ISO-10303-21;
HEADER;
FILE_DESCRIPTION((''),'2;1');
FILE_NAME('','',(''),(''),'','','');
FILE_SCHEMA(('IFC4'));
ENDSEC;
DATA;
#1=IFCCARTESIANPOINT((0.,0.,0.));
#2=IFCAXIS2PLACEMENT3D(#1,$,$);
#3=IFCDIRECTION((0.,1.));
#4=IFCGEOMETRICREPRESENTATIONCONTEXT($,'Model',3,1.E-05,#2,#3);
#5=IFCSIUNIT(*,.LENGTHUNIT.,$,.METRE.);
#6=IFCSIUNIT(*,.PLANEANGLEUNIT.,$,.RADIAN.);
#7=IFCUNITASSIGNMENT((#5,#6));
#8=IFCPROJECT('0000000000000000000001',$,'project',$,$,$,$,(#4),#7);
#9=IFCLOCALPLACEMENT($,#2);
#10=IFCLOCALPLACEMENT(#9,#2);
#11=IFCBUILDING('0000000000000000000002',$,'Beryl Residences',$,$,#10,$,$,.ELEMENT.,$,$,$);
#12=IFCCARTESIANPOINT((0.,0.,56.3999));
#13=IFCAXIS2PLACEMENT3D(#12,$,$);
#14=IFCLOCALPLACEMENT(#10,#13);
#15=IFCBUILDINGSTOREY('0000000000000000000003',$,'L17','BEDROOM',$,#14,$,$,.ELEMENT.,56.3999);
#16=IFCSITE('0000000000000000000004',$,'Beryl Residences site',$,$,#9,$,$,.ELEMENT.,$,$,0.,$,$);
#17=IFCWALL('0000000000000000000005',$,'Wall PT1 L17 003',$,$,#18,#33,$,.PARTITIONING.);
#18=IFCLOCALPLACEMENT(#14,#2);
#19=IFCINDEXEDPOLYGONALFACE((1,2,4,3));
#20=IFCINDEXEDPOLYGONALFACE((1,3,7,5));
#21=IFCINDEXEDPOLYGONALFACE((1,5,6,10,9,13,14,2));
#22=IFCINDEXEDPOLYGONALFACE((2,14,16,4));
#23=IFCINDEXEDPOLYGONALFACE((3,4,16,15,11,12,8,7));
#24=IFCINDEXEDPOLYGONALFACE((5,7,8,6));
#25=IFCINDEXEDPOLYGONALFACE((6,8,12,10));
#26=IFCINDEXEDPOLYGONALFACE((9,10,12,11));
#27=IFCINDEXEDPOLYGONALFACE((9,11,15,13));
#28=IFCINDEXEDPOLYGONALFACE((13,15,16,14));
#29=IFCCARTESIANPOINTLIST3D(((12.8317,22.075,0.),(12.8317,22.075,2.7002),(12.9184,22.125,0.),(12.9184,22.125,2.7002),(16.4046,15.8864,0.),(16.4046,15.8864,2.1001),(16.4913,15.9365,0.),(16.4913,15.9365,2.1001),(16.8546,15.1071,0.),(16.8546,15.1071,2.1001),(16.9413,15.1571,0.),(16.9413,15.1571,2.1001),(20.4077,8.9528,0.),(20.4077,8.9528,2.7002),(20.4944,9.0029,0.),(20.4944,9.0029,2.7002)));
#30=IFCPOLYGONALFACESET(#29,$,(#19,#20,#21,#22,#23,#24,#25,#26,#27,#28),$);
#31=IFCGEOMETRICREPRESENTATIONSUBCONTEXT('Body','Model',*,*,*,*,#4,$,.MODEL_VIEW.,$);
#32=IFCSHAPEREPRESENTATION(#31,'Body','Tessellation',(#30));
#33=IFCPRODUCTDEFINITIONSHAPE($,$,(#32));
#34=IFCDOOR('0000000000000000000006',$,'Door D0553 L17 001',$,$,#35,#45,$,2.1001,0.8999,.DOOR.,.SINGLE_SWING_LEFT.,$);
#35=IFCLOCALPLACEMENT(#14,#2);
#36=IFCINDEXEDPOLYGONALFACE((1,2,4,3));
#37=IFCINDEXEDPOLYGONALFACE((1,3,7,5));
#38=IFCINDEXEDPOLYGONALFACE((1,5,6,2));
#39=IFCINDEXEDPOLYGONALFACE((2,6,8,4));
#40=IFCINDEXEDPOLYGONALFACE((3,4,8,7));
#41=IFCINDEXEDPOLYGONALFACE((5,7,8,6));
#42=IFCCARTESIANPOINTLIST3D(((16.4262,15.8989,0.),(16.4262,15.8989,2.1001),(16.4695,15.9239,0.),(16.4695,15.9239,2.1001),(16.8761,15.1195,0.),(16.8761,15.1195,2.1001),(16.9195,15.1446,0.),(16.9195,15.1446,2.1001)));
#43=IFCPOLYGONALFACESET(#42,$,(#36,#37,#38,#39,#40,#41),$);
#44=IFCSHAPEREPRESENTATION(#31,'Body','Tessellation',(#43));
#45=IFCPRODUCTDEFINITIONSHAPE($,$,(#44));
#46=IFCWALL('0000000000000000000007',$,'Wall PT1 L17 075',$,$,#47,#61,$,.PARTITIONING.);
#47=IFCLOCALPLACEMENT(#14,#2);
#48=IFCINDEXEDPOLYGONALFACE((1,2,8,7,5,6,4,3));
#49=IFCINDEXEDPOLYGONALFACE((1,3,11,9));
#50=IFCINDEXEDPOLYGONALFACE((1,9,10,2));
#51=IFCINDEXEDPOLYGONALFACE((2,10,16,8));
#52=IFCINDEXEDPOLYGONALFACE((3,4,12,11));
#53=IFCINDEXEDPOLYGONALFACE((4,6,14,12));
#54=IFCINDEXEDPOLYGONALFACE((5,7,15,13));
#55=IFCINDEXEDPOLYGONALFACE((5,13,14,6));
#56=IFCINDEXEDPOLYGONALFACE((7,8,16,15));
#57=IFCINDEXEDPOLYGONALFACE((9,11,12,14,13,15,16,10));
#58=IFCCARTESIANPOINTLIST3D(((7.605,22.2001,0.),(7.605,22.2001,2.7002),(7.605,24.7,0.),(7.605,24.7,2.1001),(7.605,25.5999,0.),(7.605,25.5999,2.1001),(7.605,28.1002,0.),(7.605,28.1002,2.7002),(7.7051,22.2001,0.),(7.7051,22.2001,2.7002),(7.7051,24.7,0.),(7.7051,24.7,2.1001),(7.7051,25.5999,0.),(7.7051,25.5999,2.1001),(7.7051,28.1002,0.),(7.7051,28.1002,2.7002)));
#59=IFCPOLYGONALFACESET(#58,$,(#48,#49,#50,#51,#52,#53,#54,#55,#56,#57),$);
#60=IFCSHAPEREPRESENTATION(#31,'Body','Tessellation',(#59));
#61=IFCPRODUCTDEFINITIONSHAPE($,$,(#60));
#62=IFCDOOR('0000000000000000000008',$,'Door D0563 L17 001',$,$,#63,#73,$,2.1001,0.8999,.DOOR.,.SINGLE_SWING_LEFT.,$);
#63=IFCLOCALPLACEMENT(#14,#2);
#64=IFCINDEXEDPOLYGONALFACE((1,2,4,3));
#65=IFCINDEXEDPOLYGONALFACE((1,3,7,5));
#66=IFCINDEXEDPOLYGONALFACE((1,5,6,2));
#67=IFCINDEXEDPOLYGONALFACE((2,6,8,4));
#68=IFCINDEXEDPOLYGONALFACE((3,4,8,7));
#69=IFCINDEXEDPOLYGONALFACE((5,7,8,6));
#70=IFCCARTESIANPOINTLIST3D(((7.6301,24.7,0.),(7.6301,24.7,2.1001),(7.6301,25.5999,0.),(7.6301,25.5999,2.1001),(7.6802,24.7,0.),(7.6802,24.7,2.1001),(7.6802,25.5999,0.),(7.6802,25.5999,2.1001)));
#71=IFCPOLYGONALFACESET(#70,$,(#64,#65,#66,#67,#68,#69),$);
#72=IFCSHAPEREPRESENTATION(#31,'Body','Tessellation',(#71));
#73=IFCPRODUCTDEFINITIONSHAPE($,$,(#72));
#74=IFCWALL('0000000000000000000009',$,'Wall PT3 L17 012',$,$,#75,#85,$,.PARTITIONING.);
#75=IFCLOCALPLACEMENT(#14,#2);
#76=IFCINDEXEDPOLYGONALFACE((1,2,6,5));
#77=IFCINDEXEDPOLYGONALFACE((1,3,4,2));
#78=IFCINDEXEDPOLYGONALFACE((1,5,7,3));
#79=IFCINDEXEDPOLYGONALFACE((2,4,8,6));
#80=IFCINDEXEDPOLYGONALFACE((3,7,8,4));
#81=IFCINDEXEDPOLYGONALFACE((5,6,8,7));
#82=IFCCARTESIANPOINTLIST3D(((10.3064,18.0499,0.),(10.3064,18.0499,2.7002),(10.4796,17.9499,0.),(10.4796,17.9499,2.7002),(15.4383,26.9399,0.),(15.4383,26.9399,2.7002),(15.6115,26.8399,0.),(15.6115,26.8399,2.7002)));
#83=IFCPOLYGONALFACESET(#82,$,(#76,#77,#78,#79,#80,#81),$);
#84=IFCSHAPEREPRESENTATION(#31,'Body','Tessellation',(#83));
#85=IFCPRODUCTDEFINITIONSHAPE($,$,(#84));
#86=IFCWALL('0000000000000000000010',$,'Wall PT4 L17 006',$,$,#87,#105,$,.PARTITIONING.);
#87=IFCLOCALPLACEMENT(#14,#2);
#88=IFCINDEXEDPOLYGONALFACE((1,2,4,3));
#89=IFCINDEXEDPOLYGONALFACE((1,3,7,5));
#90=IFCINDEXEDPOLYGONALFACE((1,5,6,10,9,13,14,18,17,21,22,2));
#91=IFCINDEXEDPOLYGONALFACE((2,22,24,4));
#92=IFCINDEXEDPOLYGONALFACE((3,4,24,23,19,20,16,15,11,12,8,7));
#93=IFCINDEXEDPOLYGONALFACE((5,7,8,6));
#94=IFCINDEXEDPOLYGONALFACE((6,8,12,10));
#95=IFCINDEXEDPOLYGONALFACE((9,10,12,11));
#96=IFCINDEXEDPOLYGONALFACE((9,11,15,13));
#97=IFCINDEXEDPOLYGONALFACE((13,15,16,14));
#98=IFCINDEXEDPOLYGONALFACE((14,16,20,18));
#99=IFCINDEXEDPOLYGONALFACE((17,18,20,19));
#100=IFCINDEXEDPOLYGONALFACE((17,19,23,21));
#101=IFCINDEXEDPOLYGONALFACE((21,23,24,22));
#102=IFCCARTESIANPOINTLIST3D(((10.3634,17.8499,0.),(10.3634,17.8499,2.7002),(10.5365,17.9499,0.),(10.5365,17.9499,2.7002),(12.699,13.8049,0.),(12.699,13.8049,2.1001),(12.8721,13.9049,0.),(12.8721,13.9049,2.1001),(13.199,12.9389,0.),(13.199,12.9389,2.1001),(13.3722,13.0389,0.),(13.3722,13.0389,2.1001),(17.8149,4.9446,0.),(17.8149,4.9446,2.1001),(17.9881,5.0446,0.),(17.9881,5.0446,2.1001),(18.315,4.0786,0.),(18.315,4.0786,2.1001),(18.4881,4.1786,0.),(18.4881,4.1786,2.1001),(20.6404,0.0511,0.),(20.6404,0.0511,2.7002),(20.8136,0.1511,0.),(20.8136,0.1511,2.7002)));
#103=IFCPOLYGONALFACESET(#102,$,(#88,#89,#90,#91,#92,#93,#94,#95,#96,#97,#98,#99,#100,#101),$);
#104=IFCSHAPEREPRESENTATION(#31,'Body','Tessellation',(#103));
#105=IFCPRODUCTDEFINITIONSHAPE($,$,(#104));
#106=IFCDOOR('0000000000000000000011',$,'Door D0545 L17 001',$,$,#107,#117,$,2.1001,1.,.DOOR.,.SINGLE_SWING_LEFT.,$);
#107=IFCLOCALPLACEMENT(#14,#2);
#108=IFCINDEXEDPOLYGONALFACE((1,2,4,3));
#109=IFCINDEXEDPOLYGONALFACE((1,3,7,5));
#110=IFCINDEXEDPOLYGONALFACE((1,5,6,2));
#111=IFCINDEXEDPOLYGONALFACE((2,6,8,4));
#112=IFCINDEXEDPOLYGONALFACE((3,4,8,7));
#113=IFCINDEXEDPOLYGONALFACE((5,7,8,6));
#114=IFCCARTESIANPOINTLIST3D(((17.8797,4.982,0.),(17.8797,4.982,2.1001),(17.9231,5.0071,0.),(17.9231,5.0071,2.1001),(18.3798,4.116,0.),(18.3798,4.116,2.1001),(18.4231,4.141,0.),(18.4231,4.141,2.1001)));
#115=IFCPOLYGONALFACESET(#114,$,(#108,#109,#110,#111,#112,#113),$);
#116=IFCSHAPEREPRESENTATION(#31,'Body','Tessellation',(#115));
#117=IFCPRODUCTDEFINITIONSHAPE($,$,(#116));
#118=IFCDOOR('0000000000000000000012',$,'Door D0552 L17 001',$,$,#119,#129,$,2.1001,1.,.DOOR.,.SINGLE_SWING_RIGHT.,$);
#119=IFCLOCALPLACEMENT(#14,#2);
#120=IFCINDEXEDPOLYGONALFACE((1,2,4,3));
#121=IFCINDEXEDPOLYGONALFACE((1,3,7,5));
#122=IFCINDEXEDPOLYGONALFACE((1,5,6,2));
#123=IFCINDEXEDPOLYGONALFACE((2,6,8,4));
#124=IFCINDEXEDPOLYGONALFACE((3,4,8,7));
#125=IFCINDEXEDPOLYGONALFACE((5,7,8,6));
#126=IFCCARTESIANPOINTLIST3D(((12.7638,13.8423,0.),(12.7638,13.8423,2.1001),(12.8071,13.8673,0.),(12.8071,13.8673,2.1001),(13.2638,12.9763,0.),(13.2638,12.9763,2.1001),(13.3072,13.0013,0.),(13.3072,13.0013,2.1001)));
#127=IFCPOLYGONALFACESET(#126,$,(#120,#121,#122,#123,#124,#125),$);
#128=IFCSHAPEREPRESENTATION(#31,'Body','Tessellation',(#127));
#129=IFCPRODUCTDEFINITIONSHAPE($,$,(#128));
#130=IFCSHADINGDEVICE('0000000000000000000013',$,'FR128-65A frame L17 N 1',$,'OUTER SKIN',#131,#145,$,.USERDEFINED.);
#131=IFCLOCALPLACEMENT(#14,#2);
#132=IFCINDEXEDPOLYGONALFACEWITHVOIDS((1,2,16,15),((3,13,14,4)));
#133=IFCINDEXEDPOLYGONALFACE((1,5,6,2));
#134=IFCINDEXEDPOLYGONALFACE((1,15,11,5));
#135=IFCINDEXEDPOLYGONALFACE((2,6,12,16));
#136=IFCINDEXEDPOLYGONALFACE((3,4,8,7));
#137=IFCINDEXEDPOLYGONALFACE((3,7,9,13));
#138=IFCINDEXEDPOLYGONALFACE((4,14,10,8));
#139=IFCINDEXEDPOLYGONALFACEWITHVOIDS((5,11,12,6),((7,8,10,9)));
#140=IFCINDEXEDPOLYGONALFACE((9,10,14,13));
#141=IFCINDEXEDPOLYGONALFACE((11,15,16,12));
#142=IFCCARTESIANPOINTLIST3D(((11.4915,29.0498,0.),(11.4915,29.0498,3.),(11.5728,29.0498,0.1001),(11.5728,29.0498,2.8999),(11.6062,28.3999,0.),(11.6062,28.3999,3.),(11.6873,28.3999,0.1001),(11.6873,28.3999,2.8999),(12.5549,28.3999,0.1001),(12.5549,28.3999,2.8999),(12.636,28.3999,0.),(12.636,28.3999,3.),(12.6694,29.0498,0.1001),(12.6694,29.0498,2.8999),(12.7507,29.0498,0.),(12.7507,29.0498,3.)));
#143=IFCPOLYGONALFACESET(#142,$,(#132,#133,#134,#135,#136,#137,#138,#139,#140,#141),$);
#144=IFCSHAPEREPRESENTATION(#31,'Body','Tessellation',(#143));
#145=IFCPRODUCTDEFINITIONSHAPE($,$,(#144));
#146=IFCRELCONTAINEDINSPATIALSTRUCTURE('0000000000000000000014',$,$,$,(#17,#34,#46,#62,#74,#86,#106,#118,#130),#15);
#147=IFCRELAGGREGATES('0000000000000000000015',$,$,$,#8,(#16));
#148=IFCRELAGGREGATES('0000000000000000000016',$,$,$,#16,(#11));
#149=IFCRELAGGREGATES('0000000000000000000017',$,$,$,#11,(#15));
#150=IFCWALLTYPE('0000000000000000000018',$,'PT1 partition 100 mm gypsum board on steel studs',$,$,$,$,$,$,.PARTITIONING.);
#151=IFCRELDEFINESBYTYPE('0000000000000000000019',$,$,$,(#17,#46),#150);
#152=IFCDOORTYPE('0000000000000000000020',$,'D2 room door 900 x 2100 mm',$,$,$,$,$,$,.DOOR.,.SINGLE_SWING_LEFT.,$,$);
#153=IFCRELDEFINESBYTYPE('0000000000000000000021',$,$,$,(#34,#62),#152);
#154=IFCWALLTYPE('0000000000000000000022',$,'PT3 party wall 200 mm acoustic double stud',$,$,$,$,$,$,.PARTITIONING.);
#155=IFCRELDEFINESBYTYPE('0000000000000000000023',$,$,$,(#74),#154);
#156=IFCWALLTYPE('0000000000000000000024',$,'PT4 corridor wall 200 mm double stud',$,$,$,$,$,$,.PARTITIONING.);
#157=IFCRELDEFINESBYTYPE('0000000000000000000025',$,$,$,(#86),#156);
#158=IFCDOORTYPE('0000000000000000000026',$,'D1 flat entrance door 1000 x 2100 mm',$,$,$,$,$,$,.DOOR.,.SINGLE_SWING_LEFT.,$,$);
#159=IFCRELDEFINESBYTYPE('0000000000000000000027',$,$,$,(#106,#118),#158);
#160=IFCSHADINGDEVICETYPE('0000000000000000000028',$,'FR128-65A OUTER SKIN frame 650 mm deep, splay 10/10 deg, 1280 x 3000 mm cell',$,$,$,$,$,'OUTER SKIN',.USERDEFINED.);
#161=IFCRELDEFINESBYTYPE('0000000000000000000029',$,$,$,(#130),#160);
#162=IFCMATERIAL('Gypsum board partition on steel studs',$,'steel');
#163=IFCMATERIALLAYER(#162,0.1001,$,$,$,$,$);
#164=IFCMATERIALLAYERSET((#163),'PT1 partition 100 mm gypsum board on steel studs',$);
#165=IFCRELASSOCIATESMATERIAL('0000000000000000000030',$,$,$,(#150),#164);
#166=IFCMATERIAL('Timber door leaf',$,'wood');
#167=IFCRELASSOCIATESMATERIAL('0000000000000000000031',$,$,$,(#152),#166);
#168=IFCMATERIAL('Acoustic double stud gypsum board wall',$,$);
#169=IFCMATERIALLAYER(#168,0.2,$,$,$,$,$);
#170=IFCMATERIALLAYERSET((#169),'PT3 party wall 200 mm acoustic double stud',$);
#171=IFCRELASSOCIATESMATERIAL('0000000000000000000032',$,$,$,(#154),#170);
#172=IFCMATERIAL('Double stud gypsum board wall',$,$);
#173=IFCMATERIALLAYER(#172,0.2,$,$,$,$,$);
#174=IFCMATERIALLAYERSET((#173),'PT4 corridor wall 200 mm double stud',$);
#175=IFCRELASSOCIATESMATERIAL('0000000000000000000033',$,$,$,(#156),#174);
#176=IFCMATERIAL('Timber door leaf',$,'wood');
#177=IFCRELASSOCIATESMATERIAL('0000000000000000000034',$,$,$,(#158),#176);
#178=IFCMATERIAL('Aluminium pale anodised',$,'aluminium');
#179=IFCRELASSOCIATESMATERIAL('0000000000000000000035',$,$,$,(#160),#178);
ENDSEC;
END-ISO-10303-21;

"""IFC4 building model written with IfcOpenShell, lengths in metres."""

from ifc_helpers import new_model, entity, si_unit, direction, frame, frame_2d, origin, place, context, subcontext, project, spatial, rectangle, extrude, source, transform, mapped, material, layer, layer_set, type_object, type_shapes, element, fill, save


model = new_model("IFC4")

# Units and contexts
model_context = context("Model", 3, precision=1e-05, world=origin(), true_north=direction((0.0, 1.0)))
body_context = subcontext(model_context, "Body", "Model", "MODEL_VIEW")
ifc_project = project(units=[si_unit("LENGTHUNIT", "METRE"), si_unit("PLANEANGLEUNIT", "RADIAN")], contexts=[model_context])

# Site, building, storey
site_placement = place(None, origin())
site = spatial("IfcSite", under=ifc_project, at=site_placement, Name="Beryl Residences site", CompositionType="ELEMENT", RefElevation=0.0)
building_placement = place(site_placement, origin())
building = spatial("IfcBuilding", under=site, at=building_placement, Name="Beryl Residences", CompositionType="ELEMENT")
storey_placement = place(building_placement, frame((0.0, 0.0, 56.3999)))
storey = spatial("IfcBuildingStorey", under=building, at=storey_placement, Name="L17", Description="BEDROOM", CompositionType="ELEMENT", Elevation=56.3999)

# Walls, openings, doors
ifc_material_1 = material(Name="Gypsum board partition on steel studs", Category="steel")
ifc_layer_1 = layer(ifc_material_1, 0.1001)
ifc_layer_set_1 = layer_set([ifc_layer_1], Name="PT1 partition 100 mm gypsum board on steel studs")
wall_type_1 = type_object("IfcWallType", Name="PT1 partition 100 mm gypsum board on steel studs", PredefinedType="PARTITIONING", material=ifc_layer_set_1)
wall_1_placement = place(storey_placement, frame((12.875, 22.1001, 0.0), z_axis=(0.0, 0.0, 1.0), x_axis=(0.499995, -0.866028, 0.0)))
wall_1 = element("IfcWall", 1, at=wall_1_placement, inside=storey, type_object=wall_type_1, Name="Wall PT1 L17 003", PredefinedType="PARTITIONING", context=body_context, shape_type="SweptSolid", body=[
    extrude(rectangle(XDim=15.1521, YDim=0.1001, at=frame_2d((7.5762, 0.0))), origin(), (0.0, 0.0, 1.0), 2.7002),
])
opening_1_placement = place(wall_1_placement, frame((7.146, 0.0, 0.0)))
opening_1 = element("IfcOpeningElement", 2, at=opening_1_placement, cuts=wall_1, PredefinedType="OPENING", context=body_context, shape_type="SweptSolid", body=[
    extrude(rectangle(XDim=0.8999, YDim=2.1001, at=frame_2d((0.45, 1.05))), frame((0.0, 0.0601, 0.0), z_axis=(0.0, -1.0, 0.0), x_axis=(1.0, 0.0, 0.0)), (0.0, 0.0, 1.0), 0.1201),
])
ifc_material_2 = material(Name="Timber door leaf", Category="wood")
door_type_1 = type_object("IfcDoorType", Name="D2 room door 900 x 2100 mm", OperationType="SINGLE_SWING_LEFT", PredefinedType="DOOR", material=ifc_material_2)
door_1_placement = place(opening_1_placement, origin())
door_1 = element("IfcDoor", 3, at=door_1_placement, inside=storey, type_object=door_type_1, Name="Door D0553 L17 001", OperationType="SINGLE_SWING_LEFT", OverallHeight=2.1001, OverallWidth=0.8999, PredefinedType="DOOR", context=body_context, shape_type="SweptSolid", body=[
    extrude(rectangle(XDim=0.8999, YDim=2.1001, at=frame_2d((0.45, 1.05))), frame((0.0, 0.0249, 0.0), z_axis=(0.0, -1.0, 0.0), x_axis=(1.0, 0.0, 0.0)), (0.0, 0.0, 1.0), 0.05),
])
fill(opening_1, door_1)
wall_2_placement = place(storey_placement, frame((7.655, 22.2, 0.0), z_axis=(0.0, 0.0, 1.0), x_axis=(0.0, 1.0, 0.0)))
wall_2 = element("IfcWall", 4, at=wall_2_placement, inside=storey, type_object=wall_type_1, Name="Wall PT1 L17 075", PredefinedType="PARTITIONING", context=body_context, shape_type="SweptSolid", body=[
    extrude(rectangle(XDim=5.9001, YDim=0.1001, at=frame_2d((2.9502, 0.0))), origin(), (0.0, 0.0, 1.0), 2.7002),
])
opening_2_placement = place(wall_2_placement, frame((2.5, 0.0, 0.0)))
opening_2 = element("IfcOpeningElement", 5, at=opening_2_placement, cuts=wall_2, PredefinedType="OPENING", context=body_context, shape_type="SweptSolid", body=[
    extrude(rectangle(XDim=0.8999, YDim=2.1001, at=frame_2d((0.45, 1.05))), frame((0.0, 0.0601, 0.0), z_axis=(0.0, -1.0, 0.0), x_axis=(1.0, 0.0, 0.0)), (0.0, 0.0, 1.0), 0.1201),
])
door_2_placement = place(opening_2_placement, origin())
door_2 = element("IfcDoor", 6, at=door_2_placement, inside=storey, type_object=door_type_1, Name="Door D0563 L17 001", OperationType="SINGLE_SWING_LEFT", OverallHeight=2.1001, OverallWidth=0.8999, PredefinedType="DOOR", context=body_context, shape_type="SweptSolid", body=[
    extrude(rectangle(XDim=0.8999, YDim=2.1001, at=frame_2d((0.45, 1.05))), frame((0.0, 0.0249, 0.0), z_axis=(0.0, -1.0, 0.0), x_axis=(1.0, 0.0, 0.0)), (0.0, 0.0, 1.0), 0.05),
])
fill(opening_2, door_2)

# Wall
ifc_material_3 = material(Name="Acoustic double stud gypsum board wall")
ifc_layer_2 = layer(ifc_material_3, 0.2)
ifc_layer_set_2 = layer_set([ifc_layer_2], Name="PT3 party wall 200 mm acoustic double stud")
wall_type_2 = type_object("IfcWallType", Name="PT3 party wall 200 mm acoustic double stud", PredefinedType="PARTITIONING", material=ifc_layer_set_2)
wall_3_placement = place(storey_placement, frame((10.3931, 18.0, 0.0), z_axis=(0.0, 0.0, 1.0), x_axis=(0.499945, 0.866057, 0.0)))
element("IfcWall", 7, at=wall_3_placement, inside=storey, type_object=wall_type_2, Name="Wall PT3 L17 012", PredefinedType="PARTITIONING", context=body_context, shape_type="SweptSolid", body=[
    extrude(rectangle(XDim=10.2649, YDim=0.2, at=frame_2d((5.1323, 0.0))), origin(), (0.0, 0.0, 1.0), 2.7002),
])

# Wall, openings, doors
ifc_material_4 = material(Name="Double stud gypsum board wall")
ifc_layer_3 = layer(ifc_material_4, 0.2)
ifc_layer_set_3 = layer_set([ifc_layer_3], Name="PT4 corridor wall 200 mm double stud")
wall_type_3 = type_object("IfcWallType", Name="PT4 corridor wall 200 mm double stud", PredefinedType="PARTITIONING", material=ifc_layer_set_3)
wall_4_placement = place(storey_placement, frame((10.45, 17.8999, 0.0), z_axis=(0.0, 0.0, 1.0), x_axis=(0.500034, -0.866006, 0.0)))
wall_4 = element("IfcWall", 8, at=wall_4_placement, inside=storey, type_object=wall_type_3, Name="Wall PT4 L17 006", PredefinedType="PARTITIONING", context=body_context, shape_type="SweptSolid", body=[
    extrude(rectangle(XDim=20.5527, YDim=0.2, at=frame_2d((10.2764, 0.0))), origin(), (0.0, 0.0, 1.0), 2.7002),
])
opening_3_placement = place(wall_4_placement, frame((14.9021, 0.0, 0.0)))
opening_3 = element("IfcOpeningElement", 9, at=opening_3_placement, cuts=wall_4, PredefinedType="OPENING", context=body_context, shape_type="SweptSolid", body=[
    extrude(rectangle(XDim=1.0, YDim=2.1001, at=frame_2d((0.5, 1.05))), frame((0.0, 0.1099, 0.0), z_axis=(0.0, -1.0, 0.0), x_axis=(1.0, 0.0, 0.0)), (0.0, 0.0, 1.0), 0.22),
])
opening_4_placement = place(wall_4_placement, frame((4.6709, 0.0, 0.0)))
opening_4 = element("IfcOpeningElement", 10, at=opening_4_placement, cuts=wall_4, PredefinedType="OPENING", context=body_context, shape_type="SweptSolid", body=[
    extrude(rectangle(XDim=1.0, YDim=2.1001, at=frame_2d((0.5, 1.05))), frame((0.0, 0.1099, 0.0), z_axis=(0.0, -1.0, 0.0), x_axis=(1.0, 0.0, 0.0)), (0.0, 0.0, 1.0), 0.22),
])
ifc_material_5 = material(Name="Timber door leaf", Category="wood")
door_type_2 = type_object("IfcDoorType", Name="D1 flat entrance door 1000 x 2100 mm", OperationType="SINGLE_SWING_LEFT", PredefinedType="DOOR", material=ifc_material_5)
door_3_placement = place(opening_3_placement, origin())
door_3 = element("IfcDoor", 11, at=door_3_placement, inside=storey, type_object=door_type_2, Name="Door D0545 L17 001", OperationType="SINGLE_SWING_LEFT", OverallHeight=2.1001, OverallWidth=1.0, PredefinedType="DOOR", context=body_context, shape_type="SweptSolid", body=[
    extrude(rectangle(XDim=1.0, YDim=2.1001, at=frame_2d((0.5, 1.05))), frame((0.0, 0.0249, 0.0), z_axis=(0.0, -1.0, 0.0), x_axis=(1.0, 0.0, 0.0)), (0.0, 0.0, 1.0), 0.05),
])
fill(opening_3, door_3)
door_4_placement = place(opening_4_placement, origin())
door_4 = element("IfcDoor", 12, at=door_4_placement, inside=storey, type_object=door_type_2, Name="Door D0552 L17 001", OperationType="SINGLE_SWING_RIGHT", OverallHeight=2.1001, OverallWidth=1.0, PredefinedType="DOOR", context=body_context, shape_type="SweptSolid", body=[
    extrude(rectangle(XDim=1.0, YDim=2.1001, at=frame_2d((0.5, 1.05))), frame((0.0, 0.0249, 0.0), z_axis=(0.0, -1.0, 0.0), x_axis=(1.0, 0.0, 0.0)), (0.0, 0.0, 1.0), 0.05),
])
fill(opening_4, door_4)

# Shading device
ifc_material_6 = material(Name="Aluminium pale anodised", Category="aluminium")
shading_device_type_1 = type_object("IfcShadingDeviceType", Name="FR128-65A OUTER SKIN frame 650 mm deep, splay 10/10 deg, 1280 x 3000 mm cell", ElementType="OUTER SKIN", PredefinedType="USERDEFINED", material=ifc_material_6)
cartesian_point_1 = entity("IfcCartesianPoint", [-0.5149, 0.0])
cartesian_point_2 = entity("IfcCartesianPoint", [-0.4338, 0.1001])
cartesian_point_3 = entity("IfcCartesianPoint", [-0.6296, 0.0])
cartesian_point_4 = entity("IfcCartesianPoint", [-0.5483, 0.1001])
shared_shape_1 = source(origin(), body_context, "Body", "SweptSolid", [
    entity("IfcExtrudedAreaSolidTapered", entity("IfcArbitraryProfileDefWithVoids", "AREA", None, entity("IfcPolyline", [cartesian_point_1, entity("IfcCartesianPoint", [0.5149, 0.0]), entity("IfcCartesianPoint", [0.5149, 3.0]), entity("IfcCartesianPoint", [-0.5149, 3.0]), cartesian_point_1]), [entity("IfcPolyline", [cartesian_point_2, entity("IfcCartesianPoint", [0.4338, 0.1001]), entity("IfcCartesianPoint", [0.4338, 2.8999]), entity("IfcCartesianPoint", [-0.4338, 2.8999]), cartesian_point_2])]), entity("IfcAxis2Placement3D", entity("IfcCartesianPoint", [0.0, 0.0, 0.0]), entity("IfcDirection", [0.0, 1.0, 0.0]), entity("IfcDirection", [-1.0, 0.0, 0.0])), entity("IfcDirection", [0.0, 0.0, 1.0]), 0.6499, entity("IfcArbitraryProfileDefWithVoids", "AREA", None, entity("IfcPolyline", [cartesian_point_3, entity("IfcCartesianPoint", [0.6296, 0.0]), entity("IfcCartesianPoint", [0.6296, 3.0]), entity("IfcCartesianPoint", [-0.6296, 3.0]), cartesian_point_3]), [entity("IfcPolyline", [cartesian_point_4, entity("IfcCartesianPoint", [0.5483, 0.1001]), entity("IfcCartesianPoint", [0.5483, 2.8999]), entity("IfcCartesianPoint", [-0.5483, 2.8999]), cartesian_point_4])])),
])
type_shapes(shading_device_type_1, [shared_shape_1])
shading_device_1_placement = place(storey_placement, frame((12.1211, 28.3999, 0.0), z_axis=(0.0, 0.0, 1.0), x_axis=(1.0, 0.0, 0.0)))
element("IfcShadingDevice", 13, at=shading_device_1_placement, inside=storey, type_object=shading_device_type_1, Name="FR128-65A frame L17 N 1", ObjectType="OUTER SKIN", PredefinedType="USERDEFINED", context=body_context, shape_type="MappedRepresentation", body=[
    mapped(shared_shape_1, transform((0.0, 0.0, 0.0))),
])

save(model, "model.ifc")
